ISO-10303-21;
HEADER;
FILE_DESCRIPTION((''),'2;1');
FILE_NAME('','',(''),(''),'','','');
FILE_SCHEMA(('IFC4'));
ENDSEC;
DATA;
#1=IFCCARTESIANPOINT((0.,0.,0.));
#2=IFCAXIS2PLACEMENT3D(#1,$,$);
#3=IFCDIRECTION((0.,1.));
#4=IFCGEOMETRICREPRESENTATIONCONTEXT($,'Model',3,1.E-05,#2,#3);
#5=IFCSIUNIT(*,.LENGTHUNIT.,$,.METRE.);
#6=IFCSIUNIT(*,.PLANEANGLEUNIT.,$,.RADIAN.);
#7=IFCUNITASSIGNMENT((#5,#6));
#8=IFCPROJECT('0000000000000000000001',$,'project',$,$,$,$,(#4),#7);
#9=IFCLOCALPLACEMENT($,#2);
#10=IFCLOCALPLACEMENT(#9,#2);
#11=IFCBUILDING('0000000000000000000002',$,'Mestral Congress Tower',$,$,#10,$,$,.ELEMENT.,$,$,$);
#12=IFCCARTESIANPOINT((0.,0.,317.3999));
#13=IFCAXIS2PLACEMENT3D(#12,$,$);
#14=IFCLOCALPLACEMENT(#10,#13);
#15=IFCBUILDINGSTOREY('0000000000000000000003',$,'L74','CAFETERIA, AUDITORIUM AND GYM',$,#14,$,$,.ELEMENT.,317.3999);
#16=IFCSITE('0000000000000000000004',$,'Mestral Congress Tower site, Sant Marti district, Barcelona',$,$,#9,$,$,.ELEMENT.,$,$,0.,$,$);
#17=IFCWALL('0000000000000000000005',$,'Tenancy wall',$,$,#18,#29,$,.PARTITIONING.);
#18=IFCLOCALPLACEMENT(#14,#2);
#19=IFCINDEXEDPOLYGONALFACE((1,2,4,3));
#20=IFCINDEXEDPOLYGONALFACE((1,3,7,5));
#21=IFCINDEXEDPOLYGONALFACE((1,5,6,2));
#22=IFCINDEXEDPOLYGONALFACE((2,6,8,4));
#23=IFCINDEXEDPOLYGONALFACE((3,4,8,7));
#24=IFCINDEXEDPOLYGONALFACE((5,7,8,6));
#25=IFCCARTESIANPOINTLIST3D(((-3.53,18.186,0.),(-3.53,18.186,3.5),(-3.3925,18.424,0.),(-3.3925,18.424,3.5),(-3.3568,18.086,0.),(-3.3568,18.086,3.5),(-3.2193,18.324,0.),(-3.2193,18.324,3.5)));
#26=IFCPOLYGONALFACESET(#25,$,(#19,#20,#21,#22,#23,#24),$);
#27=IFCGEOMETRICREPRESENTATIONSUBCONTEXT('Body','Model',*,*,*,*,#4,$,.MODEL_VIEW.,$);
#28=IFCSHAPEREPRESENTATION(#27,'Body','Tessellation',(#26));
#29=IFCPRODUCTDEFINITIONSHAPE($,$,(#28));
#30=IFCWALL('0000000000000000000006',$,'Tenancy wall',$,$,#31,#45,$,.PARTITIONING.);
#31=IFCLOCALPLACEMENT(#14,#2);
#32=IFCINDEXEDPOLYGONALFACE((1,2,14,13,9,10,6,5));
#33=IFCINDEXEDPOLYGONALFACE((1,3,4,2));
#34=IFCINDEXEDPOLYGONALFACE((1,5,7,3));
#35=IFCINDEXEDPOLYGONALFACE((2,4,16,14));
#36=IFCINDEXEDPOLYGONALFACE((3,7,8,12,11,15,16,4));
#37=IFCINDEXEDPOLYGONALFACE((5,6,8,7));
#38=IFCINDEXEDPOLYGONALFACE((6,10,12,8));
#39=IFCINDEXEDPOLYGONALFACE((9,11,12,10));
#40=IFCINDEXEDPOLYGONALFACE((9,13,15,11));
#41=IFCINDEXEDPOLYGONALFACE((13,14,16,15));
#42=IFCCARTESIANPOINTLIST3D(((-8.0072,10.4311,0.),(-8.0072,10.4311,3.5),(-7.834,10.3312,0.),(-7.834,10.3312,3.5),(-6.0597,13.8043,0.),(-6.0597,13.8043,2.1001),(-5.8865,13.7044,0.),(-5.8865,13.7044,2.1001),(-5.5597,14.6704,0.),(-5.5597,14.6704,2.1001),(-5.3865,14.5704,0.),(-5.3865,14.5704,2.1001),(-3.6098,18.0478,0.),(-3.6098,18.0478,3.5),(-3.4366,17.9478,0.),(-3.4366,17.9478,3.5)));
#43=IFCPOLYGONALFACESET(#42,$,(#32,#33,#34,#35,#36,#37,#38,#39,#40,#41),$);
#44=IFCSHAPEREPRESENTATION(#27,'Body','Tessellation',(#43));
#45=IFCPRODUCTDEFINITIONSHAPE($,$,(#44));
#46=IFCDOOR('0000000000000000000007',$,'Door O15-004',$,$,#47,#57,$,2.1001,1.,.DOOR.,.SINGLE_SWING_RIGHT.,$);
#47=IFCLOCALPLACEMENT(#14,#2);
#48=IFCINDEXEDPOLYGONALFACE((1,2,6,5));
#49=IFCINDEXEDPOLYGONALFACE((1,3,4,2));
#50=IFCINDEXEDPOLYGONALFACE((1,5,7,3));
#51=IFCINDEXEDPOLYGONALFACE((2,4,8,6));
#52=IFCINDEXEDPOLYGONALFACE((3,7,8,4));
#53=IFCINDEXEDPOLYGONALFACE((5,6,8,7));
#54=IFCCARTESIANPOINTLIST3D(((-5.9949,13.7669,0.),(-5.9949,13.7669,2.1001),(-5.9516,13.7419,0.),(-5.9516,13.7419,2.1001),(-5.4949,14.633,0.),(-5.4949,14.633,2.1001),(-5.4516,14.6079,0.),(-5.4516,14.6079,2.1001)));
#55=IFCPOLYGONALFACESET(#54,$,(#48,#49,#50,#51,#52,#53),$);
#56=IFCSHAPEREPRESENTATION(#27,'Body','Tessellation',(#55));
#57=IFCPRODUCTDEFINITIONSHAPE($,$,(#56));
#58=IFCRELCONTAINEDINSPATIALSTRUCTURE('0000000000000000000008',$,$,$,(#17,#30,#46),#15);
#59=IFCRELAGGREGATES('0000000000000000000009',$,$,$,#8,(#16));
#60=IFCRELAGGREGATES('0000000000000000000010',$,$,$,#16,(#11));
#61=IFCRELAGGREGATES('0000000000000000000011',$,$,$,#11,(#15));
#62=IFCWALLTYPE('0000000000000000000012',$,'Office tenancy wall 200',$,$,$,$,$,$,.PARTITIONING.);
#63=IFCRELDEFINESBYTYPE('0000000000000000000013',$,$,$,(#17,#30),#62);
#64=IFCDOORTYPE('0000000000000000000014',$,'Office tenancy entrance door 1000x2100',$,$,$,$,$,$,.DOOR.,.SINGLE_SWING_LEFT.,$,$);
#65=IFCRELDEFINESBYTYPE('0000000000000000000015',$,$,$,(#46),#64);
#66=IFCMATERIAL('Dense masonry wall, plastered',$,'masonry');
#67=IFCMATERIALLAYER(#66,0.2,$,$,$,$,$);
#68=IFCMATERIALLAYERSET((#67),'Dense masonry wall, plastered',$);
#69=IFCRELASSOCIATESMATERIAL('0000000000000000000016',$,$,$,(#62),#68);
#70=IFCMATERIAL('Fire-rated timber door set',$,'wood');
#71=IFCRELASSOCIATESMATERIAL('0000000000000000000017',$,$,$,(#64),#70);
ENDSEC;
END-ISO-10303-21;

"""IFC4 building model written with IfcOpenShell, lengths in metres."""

from ifc_helpers import new_model, si_unit, direction, frame, frame_2d, origin, place, context, subcontext, project, spatial, rectangle, extrude, material, layer, layer_set, type_object, element, fill, save


model = new_model("IFC4")

# Units and contexts
model_context = context("Model", 3, precision=1e-05, world=origin(), true_north=direction((0.0, 1.0)))
body_context = subcontext(model_context, "Body", "Model", "MODEL_VIEW")
ifc_project = project(units=[si_unit("LENGTHUNIT", "METRE"), si_unit("PLANEANGLEUNIT", "RADIAN")], contexts=[model_context])

# Site, building, storey
site_placement = place(None, origin())
site = spatial("IfcSite", under=ifc_project, at=site_placement, Name="Mestral Congress Tower site, Sant Marti district, Barcelona", CompositionType="ELEMENT", RefElevation=0.0)
building_placement = place(site_placement, origin())
building = spatial("IfcBuilding", under=site, at=building_placement, Name="Mestral Congress Tower", CompositionType="ELEMENT")
storey_placement = place(building_placement, frame((0.0, 0.0, 317.3999)))
storey = spatial("IfcBuildingStorey", under=building, at=storey_placement, Name="L74", Description="CAFETERIA, AUDITORIUM AND GYM", CompositionType="ELEMENT", Elevation=317.3999)

# Wall
ifc_material_1 = material(Name="Dense masonry wall, plastered", Category="masonry")
ifc_layer_1 = layer(ifc_material_1, 0.2)
ifc_layer_set_1 = layer_set([ifc_layer_1], Name="Dense masonry wall, plastered")
wall_type_1 = type_object("IfcWallType", Name="Office tenancy wall 200", PredefinedType="PARTITIONING", material=ifc_layer_set_1)
wall_1_placement = place(storey_placement, frame((-3.3059, 18.374, 0.0), z_axis=(0.0, 0.0, 1.0), x_axis=(-0.500056, -0.865993, 0.0)))
element("IfcWall", 1, at=wall_1_placement, inside=storey, type_object=wall_type_1, Name="Tenancy wall", PredefinedType="PARTITIONING", context=body_context, shape_type="SweptSolid", body=[
    extrude(rectangle(XDim=0.2749, YDim=0.2, at=frame_2d((0.1375, 0.0))), origin(), (0.0, 0.0, 1.0), 3.5),
])

# Wall, opening, door
wall_2_placement = place(storey_placement, frame((-3.5232, 17.9978, 0.0), z_axis=(0.0, 0.0, 1.0), x_axis=(-0.499996, -0.866027, 0.0)))
wall_2 = element("IfcWall", 2, at=wall_2_placement, inside=storey, type_object=wall_type_1, Name="Tenancy wall", PredefinedType="PARTITIONING", context=body_context, shape_type="SweptSolid", body=[
    extrude(rectangle(XDim=8.7949, YDim=0.2, at=frame_2d((4.3975, 0.0))), origin(), (0.0, 0.0, 1.0), 3.5),
])
opening_1_placement = place(wall_2_placement, frame((3.8999, 0.0, 0.0)))
opening_1 = element("IfcOpeningElement", 3, at=opening_1_placement, cuts=wall_2, PredefinedType="OPENING", context=body_context, shape_type="SweptSolid", body=[
    extrude(rectangle(XDim=1.0, YDim=2.1001, at=frame_2d((0.5, 1.05))), frame((0.0, 0.1099, 0.0), z_axis=(0.0, -1.0, 0.0), x_axis=(1.0, 0.0, 0.0)), (0.0, 0.0, 1.0), 0.22),
])
ifc_material_2 = material(Name="Fire-rated timber door set", Category="wood")
door_type = type_object("IfcDoorType", Name="Office tenancy entrance door 1000x2100", OperationType="SINGLE_SWING_LEFT", PredefinedType="DOOR", material=ifc_material_2)
door_placement = place(opening_1_placement, origin())
door = element("IfcDoor", 4, at=door_placement, inside=storey, type_object=door_type, Name="Door O15-004", OperationType="SINGLE_SWING_RIGHT", OverallHeight=2.1001, OverallWidth=1.0, PredefinedType="DOOR", context=body_context, shape_type="SweptSolid", body=[
    extrude(rectangle(XDim=1.0, YDim=2.1001, at=frame_2d((0.5, 1.05))), frame((0.0, 0.0249, 0.0), z_axis=(0.0, -1.0, 0.0), x_axis=(1.0, 0.0, 0.0)), (0.0, 0.0, 1.0), 0.05),
])
fill(opening_1, door)

save(model, "model.ifc")
